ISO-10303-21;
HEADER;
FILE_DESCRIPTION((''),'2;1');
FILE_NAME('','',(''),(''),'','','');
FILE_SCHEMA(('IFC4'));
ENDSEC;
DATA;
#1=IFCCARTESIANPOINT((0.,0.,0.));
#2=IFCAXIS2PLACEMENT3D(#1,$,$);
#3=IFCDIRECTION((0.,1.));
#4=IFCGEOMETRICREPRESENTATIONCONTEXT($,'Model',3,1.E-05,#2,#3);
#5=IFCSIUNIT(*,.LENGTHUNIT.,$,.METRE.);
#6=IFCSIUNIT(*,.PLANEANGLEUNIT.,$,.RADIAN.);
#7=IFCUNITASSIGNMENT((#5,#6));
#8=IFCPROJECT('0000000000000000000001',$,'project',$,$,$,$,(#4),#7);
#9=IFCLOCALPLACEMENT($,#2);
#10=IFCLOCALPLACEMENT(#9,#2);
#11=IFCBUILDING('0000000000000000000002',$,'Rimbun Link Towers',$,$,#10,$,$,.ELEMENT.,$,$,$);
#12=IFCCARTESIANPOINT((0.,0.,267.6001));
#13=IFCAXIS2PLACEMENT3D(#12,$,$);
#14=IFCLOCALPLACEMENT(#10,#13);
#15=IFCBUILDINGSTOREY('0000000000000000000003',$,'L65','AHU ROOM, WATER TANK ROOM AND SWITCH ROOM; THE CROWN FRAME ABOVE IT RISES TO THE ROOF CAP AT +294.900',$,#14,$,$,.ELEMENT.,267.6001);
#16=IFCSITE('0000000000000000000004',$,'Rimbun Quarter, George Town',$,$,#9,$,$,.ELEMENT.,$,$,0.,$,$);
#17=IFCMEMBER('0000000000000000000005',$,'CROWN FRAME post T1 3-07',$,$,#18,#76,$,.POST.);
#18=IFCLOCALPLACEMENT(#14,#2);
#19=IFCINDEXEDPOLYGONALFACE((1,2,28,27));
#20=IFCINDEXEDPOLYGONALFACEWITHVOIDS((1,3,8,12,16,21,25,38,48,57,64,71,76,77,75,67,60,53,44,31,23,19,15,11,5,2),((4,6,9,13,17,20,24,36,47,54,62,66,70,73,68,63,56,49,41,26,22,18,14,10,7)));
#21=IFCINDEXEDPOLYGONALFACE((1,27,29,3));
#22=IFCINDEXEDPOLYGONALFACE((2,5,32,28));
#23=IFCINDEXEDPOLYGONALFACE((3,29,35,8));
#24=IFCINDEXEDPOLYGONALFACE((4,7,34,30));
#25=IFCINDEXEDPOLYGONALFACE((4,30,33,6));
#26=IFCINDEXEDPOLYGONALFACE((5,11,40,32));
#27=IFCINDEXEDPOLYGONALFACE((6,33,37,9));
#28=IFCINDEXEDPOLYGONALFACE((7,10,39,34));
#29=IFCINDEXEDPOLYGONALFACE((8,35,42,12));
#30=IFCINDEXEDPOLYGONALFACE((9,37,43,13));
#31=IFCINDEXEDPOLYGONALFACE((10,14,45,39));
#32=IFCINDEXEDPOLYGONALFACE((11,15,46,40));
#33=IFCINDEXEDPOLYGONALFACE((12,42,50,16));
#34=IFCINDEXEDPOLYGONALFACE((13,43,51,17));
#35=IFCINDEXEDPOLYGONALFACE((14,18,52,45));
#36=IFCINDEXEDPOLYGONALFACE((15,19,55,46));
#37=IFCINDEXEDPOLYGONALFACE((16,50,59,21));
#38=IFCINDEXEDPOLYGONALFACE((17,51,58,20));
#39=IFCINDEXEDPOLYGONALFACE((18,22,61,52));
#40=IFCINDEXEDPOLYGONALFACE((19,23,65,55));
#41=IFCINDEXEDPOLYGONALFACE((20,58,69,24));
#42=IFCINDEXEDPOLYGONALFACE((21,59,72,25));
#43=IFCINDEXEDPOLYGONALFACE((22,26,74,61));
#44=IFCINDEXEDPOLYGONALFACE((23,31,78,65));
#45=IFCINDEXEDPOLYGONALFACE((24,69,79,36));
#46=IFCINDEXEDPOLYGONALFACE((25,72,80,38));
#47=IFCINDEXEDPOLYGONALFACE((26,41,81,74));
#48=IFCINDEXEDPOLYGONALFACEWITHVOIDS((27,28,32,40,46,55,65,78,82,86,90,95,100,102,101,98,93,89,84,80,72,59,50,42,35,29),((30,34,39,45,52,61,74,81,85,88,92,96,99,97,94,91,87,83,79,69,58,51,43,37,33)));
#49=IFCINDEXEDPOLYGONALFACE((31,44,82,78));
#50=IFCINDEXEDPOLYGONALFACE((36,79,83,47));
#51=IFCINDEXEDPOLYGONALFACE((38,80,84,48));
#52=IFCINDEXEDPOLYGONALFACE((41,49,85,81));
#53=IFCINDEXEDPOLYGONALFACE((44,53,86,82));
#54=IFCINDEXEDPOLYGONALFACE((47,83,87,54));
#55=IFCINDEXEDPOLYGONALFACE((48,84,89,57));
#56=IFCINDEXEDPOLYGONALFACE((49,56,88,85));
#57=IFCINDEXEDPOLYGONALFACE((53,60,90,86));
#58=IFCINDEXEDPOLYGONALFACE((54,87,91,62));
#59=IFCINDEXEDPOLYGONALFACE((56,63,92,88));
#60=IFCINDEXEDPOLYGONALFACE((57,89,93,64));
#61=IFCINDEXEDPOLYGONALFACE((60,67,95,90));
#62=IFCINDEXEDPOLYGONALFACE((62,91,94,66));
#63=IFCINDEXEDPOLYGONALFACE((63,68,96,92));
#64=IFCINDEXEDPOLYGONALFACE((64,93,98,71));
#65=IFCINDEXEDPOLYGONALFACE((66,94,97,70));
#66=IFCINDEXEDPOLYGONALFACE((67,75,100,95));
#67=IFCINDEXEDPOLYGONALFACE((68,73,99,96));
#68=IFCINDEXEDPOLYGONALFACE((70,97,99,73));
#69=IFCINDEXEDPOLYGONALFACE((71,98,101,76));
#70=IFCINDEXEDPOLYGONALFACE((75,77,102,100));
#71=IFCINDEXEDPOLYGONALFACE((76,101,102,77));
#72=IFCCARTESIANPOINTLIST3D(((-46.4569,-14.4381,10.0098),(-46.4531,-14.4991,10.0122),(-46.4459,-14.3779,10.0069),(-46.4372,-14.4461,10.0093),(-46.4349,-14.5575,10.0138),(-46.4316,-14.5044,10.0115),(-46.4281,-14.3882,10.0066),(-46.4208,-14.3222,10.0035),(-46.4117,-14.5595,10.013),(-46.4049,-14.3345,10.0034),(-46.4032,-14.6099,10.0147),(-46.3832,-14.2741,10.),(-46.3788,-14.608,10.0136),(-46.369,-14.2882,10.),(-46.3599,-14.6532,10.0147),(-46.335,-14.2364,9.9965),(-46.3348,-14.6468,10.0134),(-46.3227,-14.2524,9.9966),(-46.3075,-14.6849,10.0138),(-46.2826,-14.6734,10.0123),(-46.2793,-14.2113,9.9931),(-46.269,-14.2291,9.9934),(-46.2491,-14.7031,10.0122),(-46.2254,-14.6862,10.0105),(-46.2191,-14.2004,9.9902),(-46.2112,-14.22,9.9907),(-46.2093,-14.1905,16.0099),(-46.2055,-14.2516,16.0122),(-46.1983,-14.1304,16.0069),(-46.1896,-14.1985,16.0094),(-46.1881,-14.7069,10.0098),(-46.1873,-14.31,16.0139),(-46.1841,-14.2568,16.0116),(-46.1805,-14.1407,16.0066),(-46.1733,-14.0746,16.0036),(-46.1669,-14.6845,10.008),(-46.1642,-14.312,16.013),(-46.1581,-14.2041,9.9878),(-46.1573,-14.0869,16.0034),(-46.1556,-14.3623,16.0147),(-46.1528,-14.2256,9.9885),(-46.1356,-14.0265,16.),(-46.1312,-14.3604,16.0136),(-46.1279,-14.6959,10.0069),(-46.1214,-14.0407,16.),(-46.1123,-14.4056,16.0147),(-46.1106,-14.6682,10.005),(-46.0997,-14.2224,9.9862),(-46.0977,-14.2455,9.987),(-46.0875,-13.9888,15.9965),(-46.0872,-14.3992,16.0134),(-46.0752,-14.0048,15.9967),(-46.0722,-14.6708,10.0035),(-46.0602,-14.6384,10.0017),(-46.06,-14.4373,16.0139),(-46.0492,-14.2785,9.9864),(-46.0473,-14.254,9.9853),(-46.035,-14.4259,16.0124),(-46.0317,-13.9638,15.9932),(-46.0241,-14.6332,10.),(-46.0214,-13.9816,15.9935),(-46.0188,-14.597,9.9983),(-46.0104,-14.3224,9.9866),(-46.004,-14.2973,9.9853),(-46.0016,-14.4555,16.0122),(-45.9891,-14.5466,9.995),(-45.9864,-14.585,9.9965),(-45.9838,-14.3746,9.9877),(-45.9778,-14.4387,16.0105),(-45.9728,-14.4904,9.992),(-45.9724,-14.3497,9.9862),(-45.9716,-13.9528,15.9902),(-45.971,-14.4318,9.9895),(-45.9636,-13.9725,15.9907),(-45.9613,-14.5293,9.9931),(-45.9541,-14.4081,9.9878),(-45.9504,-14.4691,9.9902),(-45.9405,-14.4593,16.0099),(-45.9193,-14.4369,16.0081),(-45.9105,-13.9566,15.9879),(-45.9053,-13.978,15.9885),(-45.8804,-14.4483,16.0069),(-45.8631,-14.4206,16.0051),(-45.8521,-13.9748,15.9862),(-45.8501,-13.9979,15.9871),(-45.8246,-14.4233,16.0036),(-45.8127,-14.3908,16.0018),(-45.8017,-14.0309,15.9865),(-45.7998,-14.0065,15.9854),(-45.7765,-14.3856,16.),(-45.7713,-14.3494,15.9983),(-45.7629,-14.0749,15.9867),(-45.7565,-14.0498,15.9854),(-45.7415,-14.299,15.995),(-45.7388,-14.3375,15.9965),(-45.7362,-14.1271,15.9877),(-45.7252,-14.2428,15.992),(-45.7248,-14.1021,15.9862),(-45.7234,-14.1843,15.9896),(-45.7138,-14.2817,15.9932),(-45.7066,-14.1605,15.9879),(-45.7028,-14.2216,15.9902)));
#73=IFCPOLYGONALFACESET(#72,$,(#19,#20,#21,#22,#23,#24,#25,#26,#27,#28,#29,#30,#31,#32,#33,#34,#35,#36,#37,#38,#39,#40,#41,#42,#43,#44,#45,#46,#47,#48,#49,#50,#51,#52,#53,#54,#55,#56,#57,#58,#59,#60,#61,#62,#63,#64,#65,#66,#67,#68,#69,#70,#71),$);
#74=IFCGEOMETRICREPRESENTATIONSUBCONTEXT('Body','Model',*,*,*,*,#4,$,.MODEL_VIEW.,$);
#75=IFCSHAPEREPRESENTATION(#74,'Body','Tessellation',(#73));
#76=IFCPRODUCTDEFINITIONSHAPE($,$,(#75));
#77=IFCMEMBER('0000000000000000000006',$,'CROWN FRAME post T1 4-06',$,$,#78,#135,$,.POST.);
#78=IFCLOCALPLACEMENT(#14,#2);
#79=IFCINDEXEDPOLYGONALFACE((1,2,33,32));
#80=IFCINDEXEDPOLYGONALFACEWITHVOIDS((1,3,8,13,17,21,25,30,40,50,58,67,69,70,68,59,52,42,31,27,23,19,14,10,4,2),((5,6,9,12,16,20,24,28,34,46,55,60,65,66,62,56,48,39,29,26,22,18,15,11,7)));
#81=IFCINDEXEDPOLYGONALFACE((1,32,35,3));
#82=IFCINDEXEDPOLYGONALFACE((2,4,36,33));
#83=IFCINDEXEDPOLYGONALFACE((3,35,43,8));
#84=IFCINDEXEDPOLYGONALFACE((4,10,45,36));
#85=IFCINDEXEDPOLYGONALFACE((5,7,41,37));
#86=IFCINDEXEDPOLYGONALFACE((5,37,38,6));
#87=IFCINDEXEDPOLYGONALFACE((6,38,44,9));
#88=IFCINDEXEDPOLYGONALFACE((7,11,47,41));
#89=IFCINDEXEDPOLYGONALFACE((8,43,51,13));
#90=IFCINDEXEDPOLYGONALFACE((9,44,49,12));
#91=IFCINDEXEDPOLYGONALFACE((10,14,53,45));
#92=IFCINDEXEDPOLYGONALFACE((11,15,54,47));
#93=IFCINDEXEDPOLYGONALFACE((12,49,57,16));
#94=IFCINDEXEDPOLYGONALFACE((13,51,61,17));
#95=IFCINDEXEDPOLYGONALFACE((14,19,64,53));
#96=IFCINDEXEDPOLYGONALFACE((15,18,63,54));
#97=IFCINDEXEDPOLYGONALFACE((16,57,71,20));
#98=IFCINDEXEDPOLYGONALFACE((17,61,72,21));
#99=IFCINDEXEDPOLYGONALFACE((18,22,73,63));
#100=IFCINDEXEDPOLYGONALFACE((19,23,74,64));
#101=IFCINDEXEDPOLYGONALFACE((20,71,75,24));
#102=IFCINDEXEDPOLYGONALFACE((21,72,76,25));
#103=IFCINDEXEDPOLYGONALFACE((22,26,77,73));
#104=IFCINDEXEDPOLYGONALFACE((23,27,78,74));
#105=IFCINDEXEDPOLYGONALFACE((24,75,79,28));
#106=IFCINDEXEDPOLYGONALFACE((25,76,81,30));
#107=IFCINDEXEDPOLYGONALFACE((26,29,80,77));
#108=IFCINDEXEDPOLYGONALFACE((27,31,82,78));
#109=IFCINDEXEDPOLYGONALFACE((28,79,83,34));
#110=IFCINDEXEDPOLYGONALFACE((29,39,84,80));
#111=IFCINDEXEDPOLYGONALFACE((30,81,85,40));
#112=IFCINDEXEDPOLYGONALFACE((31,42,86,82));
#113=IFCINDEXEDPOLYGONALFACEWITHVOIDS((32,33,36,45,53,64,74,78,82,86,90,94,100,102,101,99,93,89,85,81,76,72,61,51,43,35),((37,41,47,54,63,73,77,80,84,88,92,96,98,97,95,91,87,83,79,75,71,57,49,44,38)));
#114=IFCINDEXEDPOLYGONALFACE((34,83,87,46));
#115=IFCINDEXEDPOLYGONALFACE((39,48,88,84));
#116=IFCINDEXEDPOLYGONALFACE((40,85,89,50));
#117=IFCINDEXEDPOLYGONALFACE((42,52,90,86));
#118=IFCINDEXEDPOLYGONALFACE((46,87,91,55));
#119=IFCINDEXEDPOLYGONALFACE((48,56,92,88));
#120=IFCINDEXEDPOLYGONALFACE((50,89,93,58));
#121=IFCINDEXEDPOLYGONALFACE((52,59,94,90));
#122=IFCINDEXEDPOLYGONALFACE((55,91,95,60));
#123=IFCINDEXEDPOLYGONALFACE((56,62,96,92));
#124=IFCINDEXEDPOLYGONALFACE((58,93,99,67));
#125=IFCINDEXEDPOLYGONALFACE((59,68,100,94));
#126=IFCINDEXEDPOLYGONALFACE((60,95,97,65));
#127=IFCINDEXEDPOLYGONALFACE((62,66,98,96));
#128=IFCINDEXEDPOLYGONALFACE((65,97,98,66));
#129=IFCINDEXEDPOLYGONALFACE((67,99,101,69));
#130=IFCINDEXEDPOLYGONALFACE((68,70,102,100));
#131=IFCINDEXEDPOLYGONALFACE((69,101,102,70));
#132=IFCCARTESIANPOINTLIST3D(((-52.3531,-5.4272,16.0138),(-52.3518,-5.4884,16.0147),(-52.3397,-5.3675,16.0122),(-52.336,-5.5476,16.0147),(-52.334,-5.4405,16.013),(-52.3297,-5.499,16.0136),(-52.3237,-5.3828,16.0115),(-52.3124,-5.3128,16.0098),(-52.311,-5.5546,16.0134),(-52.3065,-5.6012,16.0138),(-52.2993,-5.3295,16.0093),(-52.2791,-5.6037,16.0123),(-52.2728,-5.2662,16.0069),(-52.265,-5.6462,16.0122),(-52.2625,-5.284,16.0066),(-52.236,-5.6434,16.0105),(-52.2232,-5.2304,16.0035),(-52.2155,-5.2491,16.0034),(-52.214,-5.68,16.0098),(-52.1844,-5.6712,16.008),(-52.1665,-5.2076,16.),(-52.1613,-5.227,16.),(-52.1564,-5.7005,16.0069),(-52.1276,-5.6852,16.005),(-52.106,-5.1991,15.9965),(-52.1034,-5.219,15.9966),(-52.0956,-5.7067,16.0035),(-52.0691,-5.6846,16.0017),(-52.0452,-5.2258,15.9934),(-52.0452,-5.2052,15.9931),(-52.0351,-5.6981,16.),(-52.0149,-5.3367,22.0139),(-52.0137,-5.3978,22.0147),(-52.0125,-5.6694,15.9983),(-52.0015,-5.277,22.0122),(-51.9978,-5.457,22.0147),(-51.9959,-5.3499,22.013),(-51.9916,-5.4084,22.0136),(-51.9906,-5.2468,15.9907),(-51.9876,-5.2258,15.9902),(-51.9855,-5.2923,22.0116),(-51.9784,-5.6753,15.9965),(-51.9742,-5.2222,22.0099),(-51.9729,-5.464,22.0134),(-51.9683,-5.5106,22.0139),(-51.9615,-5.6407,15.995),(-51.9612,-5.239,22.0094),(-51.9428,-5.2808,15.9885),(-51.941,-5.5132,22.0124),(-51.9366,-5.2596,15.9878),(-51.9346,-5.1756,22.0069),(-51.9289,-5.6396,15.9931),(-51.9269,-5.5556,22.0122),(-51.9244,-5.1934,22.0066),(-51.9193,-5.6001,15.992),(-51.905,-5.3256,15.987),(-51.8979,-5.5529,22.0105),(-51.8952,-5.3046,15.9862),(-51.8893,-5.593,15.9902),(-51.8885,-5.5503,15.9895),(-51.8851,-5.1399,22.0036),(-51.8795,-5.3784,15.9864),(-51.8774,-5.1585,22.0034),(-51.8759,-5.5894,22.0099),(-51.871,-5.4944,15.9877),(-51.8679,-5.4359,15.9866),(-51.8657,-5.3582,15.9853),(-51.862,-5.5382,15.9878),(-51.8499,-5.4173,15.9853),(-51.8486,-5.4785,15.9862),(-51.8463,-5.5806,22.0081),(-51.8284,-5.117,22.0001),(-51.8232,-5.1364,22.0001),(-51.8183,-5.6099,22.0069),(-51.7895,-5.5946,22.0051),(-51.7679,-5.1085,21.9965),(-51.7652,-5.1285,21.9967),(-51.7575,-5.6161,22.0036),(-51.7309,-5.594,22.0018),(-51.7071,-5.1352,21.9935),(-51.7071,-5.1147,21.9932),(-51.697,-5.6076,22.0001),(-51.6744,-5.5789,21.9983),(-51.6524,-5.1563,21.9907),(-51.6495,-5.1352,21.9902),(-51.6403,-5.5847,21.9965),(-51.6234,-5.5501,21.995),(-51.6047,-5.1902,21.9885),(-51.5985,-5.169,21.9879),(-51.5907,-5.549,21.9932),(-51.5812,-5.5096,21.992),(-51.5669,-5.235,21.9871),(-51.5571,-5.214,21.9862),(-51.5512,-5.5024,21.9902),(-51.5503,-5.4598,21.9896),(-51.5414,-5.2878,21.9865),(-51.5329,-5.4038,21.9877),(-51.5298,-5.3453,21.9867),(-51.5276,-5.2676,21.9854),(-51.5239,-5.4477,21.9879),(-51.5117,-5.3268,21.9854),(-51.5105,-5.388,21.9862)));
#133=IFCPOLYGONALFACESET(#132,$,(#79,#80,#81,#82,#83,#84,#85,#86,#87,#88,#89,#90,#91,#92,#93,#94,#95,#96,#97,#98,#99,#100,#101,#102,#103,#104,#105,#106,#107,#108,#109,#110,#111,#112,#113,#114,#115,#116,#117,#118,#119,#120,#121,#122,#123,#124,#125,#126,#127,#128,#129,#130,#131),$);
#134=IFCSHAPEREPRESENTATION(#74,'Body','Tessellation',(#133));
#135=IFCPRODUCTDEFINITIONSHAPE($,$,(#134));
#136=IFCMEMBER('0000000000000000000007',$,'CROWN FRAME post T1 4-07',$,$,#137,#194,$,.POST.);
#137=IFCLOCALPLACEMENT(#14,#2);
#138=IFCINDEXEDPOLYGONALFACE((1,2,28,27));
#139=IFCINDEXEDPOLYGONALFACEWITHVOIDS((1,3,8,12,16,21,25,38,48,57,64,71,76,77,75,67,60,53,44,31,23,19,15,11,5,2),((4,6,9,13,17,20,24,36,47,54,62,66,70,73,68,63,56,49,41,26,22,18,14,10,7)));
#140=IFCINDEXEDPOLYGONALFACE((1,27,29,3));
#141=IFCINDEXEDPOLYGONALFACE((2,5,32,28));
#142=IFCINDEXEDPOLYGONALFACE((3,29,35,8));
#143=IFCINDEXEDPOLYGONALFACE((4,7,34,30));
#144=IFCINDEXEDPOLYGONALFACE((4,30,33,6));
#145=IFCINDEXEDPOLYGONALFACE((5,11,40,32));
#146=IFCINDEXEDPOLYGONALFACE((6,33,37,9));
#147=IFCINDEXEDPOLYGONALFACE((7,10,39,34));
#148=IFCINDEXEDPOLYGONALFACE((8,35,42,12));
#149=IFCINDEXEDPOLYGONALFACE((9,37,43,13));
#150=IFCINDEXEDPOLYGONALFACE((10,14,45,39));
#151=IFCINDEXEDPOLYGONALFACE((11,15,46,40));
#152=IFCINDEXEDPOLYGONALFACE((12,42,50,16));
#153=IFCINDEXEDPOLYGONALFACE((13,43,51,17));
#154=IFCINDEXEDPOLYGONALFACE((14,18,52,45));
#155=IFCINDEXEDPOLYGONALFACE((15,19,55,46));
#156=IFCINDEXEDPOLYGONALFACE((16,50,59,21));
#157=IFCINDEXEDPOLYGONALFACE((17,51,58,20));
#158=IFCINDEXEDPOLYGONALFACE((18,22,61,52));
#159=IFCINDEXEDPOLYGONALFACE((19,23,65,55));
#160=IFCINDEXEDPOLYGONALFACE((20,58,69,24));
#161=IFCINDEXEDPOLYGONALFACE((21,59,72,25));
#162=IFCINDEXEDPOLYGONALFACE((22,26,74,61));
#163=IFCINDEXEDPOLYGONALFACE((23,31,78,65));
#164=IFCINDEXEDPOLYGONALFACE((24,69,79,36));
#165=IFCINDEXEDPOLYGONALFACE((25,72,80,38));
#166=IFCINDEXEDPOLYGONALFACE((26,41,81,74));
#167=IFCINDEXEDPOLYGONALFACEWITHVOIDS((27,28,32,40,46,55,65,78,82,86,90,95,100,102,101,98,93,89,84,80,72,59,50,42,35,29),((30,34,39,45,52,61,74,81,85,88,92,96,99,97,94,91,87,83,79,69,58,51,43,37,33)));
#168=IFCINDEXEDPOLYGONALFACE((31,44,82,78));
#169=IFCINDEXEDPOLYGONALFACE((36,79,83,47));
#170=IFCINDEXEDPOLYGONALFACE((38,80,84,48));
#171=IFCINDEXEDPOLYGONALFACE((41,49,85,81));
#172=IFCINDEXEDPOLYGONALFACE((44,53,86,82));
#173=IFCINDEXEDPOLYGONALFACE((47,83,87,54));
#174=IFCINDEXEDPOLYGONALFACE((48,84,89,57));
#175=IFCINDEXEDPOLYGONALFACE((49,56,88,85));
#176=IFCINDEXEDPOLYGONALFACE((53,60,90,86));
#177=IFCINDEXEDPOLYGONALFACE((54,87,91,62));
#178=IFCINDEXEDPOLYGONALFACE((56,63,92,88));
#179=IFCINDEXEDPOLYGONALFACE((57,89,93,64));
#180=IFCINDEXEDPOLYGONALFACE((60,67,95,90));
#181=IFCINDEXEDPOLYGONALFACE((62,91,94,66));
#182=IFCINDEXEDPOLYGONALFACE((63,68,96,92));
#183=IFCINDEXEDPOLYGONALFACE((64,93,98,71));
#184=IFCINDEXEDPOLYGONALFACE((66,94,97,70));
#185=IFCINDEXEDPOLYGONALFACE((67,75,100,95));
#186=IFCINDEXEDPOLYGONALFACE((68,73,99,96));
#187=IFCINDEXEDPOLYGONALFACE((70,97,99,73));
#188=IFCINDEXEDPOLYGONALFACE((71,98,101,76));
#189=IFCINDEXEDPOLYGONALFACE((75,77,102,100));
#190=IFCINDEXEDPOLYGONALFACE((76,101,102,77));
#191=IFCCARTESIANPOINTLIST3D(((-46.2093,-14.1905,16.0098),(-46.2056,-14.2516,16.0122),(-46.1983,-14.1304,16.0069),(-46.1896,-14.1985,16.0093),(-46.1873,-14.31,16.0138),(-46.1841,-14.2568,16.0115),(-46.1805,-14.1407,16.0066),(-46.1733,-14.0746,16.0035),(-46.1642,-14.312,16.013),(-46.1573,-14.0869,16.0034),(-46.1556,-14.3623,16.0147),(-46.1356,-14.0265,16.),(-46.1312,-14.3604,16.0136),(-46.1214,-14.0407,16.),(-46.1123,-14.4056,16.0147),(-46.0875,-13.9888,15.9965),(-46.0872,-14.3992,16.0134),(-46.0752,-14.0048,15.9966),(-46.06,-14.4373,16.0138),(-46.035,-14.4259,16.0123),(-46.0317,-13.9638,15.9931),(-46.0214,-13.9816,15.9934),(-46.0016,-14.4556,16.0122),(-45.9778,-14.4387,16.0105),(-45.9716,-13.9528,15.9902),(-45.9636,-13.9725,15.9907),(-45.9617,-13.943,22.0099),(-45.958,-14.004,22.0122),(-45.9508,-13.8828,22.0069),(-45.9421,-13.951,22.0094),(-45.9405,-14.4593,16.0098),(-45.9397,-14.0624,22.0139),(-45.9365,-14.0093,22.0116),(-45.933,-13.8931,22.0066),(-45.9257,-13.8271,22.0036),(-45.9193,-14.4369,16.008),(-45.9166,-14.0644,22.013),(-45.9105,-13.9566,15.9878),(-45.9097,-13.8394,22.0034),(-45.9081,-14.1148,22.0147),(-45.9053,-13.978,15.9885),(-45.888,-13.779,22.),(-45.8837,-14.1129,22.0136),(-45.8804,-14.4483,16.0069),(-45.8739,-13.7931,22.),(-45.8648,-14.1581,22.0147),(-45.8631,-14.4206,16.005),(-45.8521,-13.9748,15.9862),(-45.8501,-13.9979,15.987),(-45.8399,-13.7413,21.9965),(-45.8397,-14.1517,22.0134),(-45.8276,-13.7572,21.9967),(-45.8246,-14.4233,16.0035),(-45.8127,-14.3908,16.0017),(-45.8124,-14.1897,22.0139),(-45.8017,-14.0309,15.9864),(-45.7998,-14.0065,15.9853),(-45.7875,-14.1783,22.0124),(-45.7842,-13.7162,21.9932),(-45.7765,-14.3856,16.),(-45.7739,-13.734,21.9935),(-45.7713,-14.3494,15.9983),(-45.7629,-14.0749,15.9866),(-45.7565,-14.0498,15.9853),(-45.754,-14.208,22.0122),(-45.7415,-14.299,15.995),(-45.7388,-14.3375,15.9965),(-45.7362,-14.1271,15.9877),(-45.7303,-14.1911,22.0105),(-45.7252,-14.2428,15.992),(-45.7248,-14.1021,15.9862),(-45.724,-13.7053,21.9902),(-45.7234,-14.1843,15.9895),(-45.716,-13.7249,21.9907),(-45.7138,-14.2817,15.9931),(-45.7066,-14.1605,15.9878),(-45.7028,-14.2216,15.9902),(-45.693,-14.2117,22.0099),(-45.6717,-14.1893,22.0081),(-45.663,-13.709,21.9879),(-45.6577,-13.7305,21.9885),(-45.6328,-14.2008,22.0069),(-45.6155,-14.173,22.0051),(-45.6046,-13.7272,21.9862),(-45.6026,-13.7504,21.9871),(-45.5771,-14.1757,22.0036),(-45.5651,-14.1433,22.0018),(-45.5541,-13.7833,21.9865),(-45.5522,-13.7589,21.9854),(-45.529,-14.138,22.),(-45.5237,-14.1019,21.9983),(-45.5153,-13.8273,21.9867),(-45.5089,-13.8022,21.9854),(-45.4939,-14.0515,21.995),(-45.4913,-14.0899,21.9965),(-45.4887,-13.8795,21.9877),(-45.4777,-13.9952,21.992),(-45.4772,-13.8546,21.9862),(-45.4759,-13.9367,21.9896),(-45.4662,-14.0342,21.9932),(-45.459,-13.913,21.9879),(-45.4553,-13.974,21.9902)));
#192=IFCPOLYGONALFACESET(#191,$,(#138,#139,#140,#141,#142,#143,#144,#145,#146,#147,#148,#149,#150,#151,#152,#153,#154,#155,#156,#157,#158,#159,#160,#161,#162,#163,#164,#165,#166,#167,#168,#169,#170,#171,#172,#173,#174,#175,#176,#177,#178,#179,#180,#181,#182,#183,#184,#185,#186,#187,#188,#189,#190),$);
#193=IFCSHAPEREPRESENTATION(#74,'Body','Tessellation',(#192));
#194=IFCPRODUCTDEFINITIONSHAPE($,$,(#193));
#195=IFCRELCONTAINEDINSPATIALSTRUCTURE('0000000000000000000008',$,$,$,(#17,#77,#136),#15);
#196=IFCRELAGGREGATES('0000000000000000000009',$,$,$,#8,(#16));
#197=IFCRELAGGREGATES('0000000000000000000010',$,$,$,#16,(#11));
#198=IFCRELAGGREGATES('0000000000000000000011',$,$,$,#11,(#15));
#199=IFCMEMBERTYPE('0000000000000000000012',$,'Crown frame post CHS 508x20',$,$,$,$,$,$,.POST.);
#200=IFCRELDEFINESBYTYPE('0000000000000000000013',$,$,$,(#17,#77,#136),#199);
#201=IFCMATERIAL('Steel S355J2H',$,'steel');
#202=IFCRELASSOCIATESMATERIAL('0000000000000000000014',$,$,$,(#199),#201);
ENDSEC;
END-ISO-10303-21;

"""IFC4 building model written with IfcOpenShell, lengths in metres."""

from ifc_helpers import new_model, si_unit, direction, frame, origin, origin_2d, place, context, subcontext, project, spatial, hollow_circle, extrude, material, material_profile, profile_set, type_object, element, save


model = new_model("IFC4")

# Units and contexts
model_context = context("Model", 3, precision=1e-05, world=origin(), true_north=direction((0.0, 1.0)))
body_context = subcontext(model_context, "Body", "Model", "MODEL_VIEW")
ifc_project = project(units=[si_unit("LENGTHUNIT", "METRE"), si_unit("PLANEANGLEUNIT", "RADIAN")], contexts=[model_context])

# Site, building, storey
site_placement = place(None, origin())
site = spatial("IfcSite", under=ifc_project, at=site_placement, Name="Rimbun Quarter, George Town", CompositionType="ELEMENT", RefElevation=0.0)
building_placement = place(site_placement, origin())
building = spatial("IfcBuilding", under=site, at=building_placement, Name="Rimbun Link Towers", CompositionType="ELEMENT")
storey_placement = place(building_placement, frame((0.0, 0.0, 267.6001)))
storey = spatial("IfcBuildingStorey", under=building, at=storey_placement, Name="L65", Description="AHU ROOM, WATER TANK ROOM AND SWITCH ROOM; THE CROWN FRAME ABOVE IT RISES TO THE ROOF CAP AT +294.900", CompositionType="ELEMENT", Elevation=267.6001)

# Members
ifc_material_1 = material(Name="Steel S355J2H", Category="steel")
ifc_material_profile_1 = material_profile(ifc_material_1, hollow_circle(Radius=0.2539, WallThickness=0.02, at=origin_2d()), Name="Crown frame post CHS 508x20")
ifc_profile_set_1 = profile_set([ifc_material_profile_1], Name="Steel S355J2H")
member_type_1 = type_object("IfcMemberType", Name="Crown frame post CHS 508x20", PredefinedType="POST", material=ifc_profile_set_1)
for number, where, z_axis, x_axis, name in (
    (1, (-46.2036, -14.4536, 10.0), (0.04119, 0.04119, 0.998302), (-0.707107, 0.707107, 0.0), "CROWN FRAME post T1 3-07"),
    (2, (-52.1008, -5.4529, 16.0), (0.05626, 0.01507, 0.998302), (-0.258748, 0.965945, 0.0), "CROWN FRAME post T1 4-06"),
    (3, (-45.9561, -14.2061, 16.0), (0.04119, 0.04119, 0.998302), (-0.707107, 0.707107, 0.0), "CROWN FRAME post T1 4-07"),
):
    element("IfcMember", number, at=place(storey_placement, frame(where, z_axis=z_axis, x_axis=x_axis)), inside=storey, type_object=member_type_1, Name=name, PredefinedType="POST", context=body_context, shape_type="SweptSolid", body=[
        extrude(hollow_circle(Radius=0.2539, WallThickness=0.02, at=origin_2d()), origin(), (0.0, 0.0, 1.0), 6.0103),
    ])

save(model, "model.ifc")
